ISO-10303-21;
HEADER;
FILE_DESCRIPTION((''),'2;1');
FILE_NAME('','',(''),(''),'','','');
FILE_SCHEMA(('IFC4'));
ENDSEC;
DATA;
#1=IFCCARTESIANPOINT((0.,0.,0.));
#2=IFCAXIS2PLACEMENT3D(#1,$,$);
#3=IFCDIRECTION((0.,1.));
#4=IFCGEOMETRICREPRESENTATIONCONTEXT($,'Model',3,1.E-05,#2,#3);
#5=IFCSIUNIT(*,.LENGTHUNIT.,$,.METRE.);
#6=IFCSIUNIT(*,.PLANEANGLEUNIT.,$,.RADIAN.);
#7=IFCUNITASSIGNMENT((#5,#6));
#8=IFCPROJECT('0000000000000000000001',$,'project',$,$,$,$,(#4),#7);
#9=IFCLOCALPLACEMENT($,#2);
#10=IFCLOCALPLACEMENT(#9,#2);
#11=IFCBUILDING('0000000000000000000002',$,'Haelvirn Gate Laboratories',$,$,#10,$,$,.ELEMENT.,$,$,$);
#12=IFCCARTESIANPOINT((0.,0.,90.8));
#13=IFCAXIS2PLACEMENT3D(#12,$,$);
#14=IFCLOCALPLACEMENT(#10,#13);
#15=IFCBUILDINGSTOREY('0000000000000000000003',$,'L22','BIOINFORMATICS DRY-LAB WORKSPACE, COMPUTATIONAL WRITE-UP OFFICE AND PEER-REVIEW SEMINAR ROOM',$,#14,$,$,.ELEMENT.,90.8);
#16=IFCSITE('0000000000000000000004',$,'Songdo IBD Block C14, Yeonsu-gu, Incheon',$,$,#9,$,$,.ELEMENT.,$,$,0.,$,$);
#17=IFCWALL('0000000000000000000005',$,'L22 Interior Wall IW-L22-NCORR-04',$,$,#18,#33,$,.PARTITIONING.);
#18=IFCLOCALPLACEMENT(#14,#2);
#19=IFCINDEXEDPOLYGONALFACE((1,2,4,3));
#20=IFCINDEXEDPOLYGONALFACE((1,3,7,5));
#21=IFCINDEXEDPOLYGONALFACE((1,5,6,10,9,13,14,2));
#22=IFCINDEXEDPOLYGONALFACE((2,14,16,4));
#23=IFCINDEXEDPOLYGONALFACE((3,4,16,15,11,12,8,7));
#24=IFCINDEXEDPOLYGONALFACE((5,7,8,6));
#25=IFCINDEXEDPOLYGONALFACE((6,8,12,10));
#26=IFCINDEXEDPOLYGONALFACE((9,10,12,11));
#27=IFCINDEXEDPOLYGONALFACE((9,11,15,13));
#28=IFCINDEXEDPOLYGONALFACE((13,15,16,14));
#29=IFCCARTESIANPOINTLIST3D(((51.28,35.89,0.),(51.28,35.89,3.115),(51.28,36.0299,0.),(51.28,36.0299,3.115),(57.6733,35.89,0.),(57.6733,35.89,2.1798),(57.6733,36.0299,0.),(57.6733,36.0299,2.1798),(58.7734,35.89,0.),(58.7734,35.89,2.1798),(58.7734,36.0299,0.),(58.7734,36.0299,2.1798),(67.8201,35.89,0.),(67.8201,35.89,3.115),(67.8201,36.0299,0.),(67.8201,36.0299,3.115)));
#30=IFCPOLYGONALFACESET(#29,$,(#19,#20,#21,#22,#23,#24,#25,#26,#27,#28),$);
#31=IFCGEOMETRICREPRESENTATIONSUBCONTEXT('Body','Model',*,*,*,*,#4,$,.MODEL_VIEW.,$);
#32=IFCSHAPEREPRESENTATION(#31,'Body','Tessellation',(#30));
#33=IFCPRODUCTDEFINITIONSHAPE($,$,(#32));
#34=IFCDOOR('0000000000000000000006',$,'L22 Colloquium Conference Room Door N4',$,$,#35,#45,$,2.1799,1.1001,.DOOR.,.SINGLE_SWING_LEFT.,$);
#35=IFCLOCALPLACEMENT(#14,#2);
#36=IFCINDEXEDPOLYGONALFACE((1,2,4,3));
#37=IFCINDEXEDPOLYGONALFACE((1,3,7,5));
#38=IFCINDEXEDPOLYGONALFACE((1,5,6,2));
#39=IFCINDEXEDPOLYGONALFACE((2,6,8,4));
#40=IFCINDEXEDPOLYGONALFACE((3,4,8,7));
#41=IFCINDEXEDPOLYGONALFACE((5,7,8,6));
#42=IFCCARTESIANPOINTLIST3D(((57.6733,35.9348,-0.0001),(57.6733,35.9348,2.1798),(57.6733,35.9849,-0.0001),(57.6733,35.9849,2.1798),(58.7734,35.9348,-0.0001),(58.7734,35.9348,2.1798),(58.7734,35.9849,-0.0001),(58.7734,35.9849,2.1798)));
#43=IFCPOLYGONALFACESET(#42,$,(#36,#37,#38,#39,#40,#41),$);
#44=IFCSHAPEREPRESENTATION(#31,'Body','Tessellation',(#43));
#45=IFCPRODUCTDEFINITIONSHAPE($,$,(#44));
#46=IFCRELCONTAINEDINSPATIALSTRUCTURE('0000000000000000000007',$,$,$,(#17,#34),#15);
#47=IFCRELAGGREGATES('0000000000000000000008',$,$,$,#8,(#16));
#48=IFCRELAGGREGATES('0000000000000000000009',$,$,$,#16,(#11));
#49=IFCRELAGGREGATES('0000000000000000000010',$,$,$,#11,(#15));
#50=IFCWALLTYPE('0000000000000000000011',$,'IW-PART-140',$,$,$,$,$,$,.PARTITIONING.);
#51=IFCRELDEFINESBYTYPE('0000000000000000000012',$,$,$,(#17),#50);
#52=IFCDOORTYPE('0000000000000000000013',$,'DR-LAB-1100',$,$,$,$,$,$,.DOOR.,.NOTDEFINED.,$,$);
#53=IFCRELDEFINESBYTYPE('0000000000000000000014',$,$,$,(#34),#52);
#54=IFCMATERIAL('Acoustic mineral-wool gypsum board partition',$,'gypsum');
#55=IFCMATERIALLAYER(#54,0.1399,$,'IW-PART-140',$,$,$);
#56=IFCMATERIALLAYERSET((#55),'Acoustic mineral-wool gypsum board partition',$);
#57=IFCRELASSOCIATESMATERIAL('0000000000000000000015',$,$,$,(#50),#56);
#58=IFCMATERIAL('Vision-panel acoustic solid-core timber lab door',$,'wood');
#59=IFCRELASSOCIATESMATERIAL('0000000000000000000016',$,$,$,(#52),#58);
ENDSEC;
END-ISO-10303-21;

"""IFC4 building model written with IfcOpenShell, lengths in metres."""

from ifc_helpers import new_model, si_unit, direction, frame, frame_2d, origin, place, context, subcontext, project, spatial, rectangle, extrude, source, transform, mapped, material, layer, layer_set, type_object, type_shapes, element, fill, save


model = new_model("IFC4")

# Units and contexts
model_context = context("Model", 3, precision=1e-05, world=origin(), true_north=direction((0.0, 1.0)))
body_context = subcontext(model_context, "Body", "Model", "MODEL_VIEW")
ifc_project = project(units=[si_unit("LENGTHUNIT", "METRE"), si_unit("PLANEANGLEUNIT", "RADIAN")], contexts=[model_context])

# Site, building, storey
site_placement = place(None, origin())
site = spatial("IfcSite", under=ifc_project, at=site_placement, Name="Songdo IBD Block C14, Yeonsu-gu, Incheon", CompositionType="ELEMENT", RefElevation=0.0)
building_placement = place(site_placement, origin())
building = spatial("IfcBuilding", under=site, at=building_placement, Name="Haelvirn Gate Laboratories", CompositionType="ELEMENT")
storey_placement = place(building_placement, frame((0.0, 0.0, 90.8)))
storey = spatial("IfcBuildingStorey", under=building, at=storey_placement, Name="L22", Description="BIOINFORMATICS DRY-LAB WORKSPACE, COMPUTATIONAL WRITE-UP OFFICE AND PEER-REVIEW SEMINAR ROOM", CompositionType="ELEMENT", Elevation=90.8)

# Wall, opening, door
ifc_material_1 = material(Name="Acoustic mineral-wool gypsum board partition", Category="gypsum")
ifc_layer_1 = layer(ifc_material_1, 0.1399, Name="IW-PART-140")
ifc_layer_set_1 = layer_set([ifc_layer_1], Name="Acoustic mineral-wool gypsum board partition")
wall_type_1 = type_object("IfcWallType", Name="IW-PART-140", PredefinedType="PARTITIONING", material=ifc_layer_set_1)
wall_1_placement = place(storey_placement, frame((51.28, 35.96, 0.0), z_axis=(0.0, 0.0, 1.0), x_axis=(1.0, 0.0, 0.0)))
wall_1 = element("IfcWall", 1, at=wall_1_placement, inside=storey, type_object=wall_type_1, Name="L22 Interior Wall IW-L22-NCORR-04", PredefinedType="PARTITIONING", context=body_context, shape_type="SweptSolid", body=[
    extrude(rectangle(XDim=16.54, YDim=0.1399, at=frame_2d((8.27, 0.0))), origin(), (0.0, 0.0, 1.0), 3.115),
])
opening_1_placement = place(wall_1_placement, frame((6.3933, 0.0, 0.0)))
opening_1 = element("IfcOpeningElement", 2, at=opening_1_placement, cuts=wall_1, PredefinedType="OPENING", context=body_context, shape_type="SweptSolid", body=[
    extrude(rectangle(XDim=1.1001, YDim=2.1799, at=frame_2d((0.55, 1.0898))), frame((0.0, 0.0801, 0.0), z_axis=(0.0, -1.0, 0.0), x_axis=(1.0, 0.0, 0.0)), (0.0, 0.0, 1.0), 0.1599),
])
ifc_material_2 = material(Name="Vision-panel acoustic solid-core timber lab door", Category="wood")
door_type_1 = type_object("IfcDoorType", Name="DR-LAB-1100", OperationType="NOTDEFINED", PredefinedType="DOOR", material=ifc_material_2)
shared_shape_1 = source(origin(), body_context, "Body", "SweptSolid", [
    extrude(rectangle(XDim=1.1001, YDim=2.1799, at=frame_2d((0.55, 1.0898))), frame((0.0, 0.0249, 0.0), z_axis=(0.0, -1.0, 0.0), x_axis=(1.0, 0.0, 0.0)), (0.0, 0.0, 1.0), 0.05),
])
type_shapes(door_type_1, [shared_shape_1])
door_1_placement = place(opening_1_placement, origin())
door_1 = element("IfcDoor", 3, at=door_1_placement, inside=storey, type_object=door_type_1, Name="L22 Colloquium Conference Room Door N4", OperationType="SINGLE_SWING_LEFT", OverallHeight=2.1799, OverallWidth=1.1001, PredefinedType="DOOR", context=body_context, shape_type="MappedRepresentation", body=[
    mapped(shared_shape_1, transform((0.0, 0.0, 0.0), scale=1.0)),
])
fill(opening_1, door_1)

save(model, "model.ifc")
